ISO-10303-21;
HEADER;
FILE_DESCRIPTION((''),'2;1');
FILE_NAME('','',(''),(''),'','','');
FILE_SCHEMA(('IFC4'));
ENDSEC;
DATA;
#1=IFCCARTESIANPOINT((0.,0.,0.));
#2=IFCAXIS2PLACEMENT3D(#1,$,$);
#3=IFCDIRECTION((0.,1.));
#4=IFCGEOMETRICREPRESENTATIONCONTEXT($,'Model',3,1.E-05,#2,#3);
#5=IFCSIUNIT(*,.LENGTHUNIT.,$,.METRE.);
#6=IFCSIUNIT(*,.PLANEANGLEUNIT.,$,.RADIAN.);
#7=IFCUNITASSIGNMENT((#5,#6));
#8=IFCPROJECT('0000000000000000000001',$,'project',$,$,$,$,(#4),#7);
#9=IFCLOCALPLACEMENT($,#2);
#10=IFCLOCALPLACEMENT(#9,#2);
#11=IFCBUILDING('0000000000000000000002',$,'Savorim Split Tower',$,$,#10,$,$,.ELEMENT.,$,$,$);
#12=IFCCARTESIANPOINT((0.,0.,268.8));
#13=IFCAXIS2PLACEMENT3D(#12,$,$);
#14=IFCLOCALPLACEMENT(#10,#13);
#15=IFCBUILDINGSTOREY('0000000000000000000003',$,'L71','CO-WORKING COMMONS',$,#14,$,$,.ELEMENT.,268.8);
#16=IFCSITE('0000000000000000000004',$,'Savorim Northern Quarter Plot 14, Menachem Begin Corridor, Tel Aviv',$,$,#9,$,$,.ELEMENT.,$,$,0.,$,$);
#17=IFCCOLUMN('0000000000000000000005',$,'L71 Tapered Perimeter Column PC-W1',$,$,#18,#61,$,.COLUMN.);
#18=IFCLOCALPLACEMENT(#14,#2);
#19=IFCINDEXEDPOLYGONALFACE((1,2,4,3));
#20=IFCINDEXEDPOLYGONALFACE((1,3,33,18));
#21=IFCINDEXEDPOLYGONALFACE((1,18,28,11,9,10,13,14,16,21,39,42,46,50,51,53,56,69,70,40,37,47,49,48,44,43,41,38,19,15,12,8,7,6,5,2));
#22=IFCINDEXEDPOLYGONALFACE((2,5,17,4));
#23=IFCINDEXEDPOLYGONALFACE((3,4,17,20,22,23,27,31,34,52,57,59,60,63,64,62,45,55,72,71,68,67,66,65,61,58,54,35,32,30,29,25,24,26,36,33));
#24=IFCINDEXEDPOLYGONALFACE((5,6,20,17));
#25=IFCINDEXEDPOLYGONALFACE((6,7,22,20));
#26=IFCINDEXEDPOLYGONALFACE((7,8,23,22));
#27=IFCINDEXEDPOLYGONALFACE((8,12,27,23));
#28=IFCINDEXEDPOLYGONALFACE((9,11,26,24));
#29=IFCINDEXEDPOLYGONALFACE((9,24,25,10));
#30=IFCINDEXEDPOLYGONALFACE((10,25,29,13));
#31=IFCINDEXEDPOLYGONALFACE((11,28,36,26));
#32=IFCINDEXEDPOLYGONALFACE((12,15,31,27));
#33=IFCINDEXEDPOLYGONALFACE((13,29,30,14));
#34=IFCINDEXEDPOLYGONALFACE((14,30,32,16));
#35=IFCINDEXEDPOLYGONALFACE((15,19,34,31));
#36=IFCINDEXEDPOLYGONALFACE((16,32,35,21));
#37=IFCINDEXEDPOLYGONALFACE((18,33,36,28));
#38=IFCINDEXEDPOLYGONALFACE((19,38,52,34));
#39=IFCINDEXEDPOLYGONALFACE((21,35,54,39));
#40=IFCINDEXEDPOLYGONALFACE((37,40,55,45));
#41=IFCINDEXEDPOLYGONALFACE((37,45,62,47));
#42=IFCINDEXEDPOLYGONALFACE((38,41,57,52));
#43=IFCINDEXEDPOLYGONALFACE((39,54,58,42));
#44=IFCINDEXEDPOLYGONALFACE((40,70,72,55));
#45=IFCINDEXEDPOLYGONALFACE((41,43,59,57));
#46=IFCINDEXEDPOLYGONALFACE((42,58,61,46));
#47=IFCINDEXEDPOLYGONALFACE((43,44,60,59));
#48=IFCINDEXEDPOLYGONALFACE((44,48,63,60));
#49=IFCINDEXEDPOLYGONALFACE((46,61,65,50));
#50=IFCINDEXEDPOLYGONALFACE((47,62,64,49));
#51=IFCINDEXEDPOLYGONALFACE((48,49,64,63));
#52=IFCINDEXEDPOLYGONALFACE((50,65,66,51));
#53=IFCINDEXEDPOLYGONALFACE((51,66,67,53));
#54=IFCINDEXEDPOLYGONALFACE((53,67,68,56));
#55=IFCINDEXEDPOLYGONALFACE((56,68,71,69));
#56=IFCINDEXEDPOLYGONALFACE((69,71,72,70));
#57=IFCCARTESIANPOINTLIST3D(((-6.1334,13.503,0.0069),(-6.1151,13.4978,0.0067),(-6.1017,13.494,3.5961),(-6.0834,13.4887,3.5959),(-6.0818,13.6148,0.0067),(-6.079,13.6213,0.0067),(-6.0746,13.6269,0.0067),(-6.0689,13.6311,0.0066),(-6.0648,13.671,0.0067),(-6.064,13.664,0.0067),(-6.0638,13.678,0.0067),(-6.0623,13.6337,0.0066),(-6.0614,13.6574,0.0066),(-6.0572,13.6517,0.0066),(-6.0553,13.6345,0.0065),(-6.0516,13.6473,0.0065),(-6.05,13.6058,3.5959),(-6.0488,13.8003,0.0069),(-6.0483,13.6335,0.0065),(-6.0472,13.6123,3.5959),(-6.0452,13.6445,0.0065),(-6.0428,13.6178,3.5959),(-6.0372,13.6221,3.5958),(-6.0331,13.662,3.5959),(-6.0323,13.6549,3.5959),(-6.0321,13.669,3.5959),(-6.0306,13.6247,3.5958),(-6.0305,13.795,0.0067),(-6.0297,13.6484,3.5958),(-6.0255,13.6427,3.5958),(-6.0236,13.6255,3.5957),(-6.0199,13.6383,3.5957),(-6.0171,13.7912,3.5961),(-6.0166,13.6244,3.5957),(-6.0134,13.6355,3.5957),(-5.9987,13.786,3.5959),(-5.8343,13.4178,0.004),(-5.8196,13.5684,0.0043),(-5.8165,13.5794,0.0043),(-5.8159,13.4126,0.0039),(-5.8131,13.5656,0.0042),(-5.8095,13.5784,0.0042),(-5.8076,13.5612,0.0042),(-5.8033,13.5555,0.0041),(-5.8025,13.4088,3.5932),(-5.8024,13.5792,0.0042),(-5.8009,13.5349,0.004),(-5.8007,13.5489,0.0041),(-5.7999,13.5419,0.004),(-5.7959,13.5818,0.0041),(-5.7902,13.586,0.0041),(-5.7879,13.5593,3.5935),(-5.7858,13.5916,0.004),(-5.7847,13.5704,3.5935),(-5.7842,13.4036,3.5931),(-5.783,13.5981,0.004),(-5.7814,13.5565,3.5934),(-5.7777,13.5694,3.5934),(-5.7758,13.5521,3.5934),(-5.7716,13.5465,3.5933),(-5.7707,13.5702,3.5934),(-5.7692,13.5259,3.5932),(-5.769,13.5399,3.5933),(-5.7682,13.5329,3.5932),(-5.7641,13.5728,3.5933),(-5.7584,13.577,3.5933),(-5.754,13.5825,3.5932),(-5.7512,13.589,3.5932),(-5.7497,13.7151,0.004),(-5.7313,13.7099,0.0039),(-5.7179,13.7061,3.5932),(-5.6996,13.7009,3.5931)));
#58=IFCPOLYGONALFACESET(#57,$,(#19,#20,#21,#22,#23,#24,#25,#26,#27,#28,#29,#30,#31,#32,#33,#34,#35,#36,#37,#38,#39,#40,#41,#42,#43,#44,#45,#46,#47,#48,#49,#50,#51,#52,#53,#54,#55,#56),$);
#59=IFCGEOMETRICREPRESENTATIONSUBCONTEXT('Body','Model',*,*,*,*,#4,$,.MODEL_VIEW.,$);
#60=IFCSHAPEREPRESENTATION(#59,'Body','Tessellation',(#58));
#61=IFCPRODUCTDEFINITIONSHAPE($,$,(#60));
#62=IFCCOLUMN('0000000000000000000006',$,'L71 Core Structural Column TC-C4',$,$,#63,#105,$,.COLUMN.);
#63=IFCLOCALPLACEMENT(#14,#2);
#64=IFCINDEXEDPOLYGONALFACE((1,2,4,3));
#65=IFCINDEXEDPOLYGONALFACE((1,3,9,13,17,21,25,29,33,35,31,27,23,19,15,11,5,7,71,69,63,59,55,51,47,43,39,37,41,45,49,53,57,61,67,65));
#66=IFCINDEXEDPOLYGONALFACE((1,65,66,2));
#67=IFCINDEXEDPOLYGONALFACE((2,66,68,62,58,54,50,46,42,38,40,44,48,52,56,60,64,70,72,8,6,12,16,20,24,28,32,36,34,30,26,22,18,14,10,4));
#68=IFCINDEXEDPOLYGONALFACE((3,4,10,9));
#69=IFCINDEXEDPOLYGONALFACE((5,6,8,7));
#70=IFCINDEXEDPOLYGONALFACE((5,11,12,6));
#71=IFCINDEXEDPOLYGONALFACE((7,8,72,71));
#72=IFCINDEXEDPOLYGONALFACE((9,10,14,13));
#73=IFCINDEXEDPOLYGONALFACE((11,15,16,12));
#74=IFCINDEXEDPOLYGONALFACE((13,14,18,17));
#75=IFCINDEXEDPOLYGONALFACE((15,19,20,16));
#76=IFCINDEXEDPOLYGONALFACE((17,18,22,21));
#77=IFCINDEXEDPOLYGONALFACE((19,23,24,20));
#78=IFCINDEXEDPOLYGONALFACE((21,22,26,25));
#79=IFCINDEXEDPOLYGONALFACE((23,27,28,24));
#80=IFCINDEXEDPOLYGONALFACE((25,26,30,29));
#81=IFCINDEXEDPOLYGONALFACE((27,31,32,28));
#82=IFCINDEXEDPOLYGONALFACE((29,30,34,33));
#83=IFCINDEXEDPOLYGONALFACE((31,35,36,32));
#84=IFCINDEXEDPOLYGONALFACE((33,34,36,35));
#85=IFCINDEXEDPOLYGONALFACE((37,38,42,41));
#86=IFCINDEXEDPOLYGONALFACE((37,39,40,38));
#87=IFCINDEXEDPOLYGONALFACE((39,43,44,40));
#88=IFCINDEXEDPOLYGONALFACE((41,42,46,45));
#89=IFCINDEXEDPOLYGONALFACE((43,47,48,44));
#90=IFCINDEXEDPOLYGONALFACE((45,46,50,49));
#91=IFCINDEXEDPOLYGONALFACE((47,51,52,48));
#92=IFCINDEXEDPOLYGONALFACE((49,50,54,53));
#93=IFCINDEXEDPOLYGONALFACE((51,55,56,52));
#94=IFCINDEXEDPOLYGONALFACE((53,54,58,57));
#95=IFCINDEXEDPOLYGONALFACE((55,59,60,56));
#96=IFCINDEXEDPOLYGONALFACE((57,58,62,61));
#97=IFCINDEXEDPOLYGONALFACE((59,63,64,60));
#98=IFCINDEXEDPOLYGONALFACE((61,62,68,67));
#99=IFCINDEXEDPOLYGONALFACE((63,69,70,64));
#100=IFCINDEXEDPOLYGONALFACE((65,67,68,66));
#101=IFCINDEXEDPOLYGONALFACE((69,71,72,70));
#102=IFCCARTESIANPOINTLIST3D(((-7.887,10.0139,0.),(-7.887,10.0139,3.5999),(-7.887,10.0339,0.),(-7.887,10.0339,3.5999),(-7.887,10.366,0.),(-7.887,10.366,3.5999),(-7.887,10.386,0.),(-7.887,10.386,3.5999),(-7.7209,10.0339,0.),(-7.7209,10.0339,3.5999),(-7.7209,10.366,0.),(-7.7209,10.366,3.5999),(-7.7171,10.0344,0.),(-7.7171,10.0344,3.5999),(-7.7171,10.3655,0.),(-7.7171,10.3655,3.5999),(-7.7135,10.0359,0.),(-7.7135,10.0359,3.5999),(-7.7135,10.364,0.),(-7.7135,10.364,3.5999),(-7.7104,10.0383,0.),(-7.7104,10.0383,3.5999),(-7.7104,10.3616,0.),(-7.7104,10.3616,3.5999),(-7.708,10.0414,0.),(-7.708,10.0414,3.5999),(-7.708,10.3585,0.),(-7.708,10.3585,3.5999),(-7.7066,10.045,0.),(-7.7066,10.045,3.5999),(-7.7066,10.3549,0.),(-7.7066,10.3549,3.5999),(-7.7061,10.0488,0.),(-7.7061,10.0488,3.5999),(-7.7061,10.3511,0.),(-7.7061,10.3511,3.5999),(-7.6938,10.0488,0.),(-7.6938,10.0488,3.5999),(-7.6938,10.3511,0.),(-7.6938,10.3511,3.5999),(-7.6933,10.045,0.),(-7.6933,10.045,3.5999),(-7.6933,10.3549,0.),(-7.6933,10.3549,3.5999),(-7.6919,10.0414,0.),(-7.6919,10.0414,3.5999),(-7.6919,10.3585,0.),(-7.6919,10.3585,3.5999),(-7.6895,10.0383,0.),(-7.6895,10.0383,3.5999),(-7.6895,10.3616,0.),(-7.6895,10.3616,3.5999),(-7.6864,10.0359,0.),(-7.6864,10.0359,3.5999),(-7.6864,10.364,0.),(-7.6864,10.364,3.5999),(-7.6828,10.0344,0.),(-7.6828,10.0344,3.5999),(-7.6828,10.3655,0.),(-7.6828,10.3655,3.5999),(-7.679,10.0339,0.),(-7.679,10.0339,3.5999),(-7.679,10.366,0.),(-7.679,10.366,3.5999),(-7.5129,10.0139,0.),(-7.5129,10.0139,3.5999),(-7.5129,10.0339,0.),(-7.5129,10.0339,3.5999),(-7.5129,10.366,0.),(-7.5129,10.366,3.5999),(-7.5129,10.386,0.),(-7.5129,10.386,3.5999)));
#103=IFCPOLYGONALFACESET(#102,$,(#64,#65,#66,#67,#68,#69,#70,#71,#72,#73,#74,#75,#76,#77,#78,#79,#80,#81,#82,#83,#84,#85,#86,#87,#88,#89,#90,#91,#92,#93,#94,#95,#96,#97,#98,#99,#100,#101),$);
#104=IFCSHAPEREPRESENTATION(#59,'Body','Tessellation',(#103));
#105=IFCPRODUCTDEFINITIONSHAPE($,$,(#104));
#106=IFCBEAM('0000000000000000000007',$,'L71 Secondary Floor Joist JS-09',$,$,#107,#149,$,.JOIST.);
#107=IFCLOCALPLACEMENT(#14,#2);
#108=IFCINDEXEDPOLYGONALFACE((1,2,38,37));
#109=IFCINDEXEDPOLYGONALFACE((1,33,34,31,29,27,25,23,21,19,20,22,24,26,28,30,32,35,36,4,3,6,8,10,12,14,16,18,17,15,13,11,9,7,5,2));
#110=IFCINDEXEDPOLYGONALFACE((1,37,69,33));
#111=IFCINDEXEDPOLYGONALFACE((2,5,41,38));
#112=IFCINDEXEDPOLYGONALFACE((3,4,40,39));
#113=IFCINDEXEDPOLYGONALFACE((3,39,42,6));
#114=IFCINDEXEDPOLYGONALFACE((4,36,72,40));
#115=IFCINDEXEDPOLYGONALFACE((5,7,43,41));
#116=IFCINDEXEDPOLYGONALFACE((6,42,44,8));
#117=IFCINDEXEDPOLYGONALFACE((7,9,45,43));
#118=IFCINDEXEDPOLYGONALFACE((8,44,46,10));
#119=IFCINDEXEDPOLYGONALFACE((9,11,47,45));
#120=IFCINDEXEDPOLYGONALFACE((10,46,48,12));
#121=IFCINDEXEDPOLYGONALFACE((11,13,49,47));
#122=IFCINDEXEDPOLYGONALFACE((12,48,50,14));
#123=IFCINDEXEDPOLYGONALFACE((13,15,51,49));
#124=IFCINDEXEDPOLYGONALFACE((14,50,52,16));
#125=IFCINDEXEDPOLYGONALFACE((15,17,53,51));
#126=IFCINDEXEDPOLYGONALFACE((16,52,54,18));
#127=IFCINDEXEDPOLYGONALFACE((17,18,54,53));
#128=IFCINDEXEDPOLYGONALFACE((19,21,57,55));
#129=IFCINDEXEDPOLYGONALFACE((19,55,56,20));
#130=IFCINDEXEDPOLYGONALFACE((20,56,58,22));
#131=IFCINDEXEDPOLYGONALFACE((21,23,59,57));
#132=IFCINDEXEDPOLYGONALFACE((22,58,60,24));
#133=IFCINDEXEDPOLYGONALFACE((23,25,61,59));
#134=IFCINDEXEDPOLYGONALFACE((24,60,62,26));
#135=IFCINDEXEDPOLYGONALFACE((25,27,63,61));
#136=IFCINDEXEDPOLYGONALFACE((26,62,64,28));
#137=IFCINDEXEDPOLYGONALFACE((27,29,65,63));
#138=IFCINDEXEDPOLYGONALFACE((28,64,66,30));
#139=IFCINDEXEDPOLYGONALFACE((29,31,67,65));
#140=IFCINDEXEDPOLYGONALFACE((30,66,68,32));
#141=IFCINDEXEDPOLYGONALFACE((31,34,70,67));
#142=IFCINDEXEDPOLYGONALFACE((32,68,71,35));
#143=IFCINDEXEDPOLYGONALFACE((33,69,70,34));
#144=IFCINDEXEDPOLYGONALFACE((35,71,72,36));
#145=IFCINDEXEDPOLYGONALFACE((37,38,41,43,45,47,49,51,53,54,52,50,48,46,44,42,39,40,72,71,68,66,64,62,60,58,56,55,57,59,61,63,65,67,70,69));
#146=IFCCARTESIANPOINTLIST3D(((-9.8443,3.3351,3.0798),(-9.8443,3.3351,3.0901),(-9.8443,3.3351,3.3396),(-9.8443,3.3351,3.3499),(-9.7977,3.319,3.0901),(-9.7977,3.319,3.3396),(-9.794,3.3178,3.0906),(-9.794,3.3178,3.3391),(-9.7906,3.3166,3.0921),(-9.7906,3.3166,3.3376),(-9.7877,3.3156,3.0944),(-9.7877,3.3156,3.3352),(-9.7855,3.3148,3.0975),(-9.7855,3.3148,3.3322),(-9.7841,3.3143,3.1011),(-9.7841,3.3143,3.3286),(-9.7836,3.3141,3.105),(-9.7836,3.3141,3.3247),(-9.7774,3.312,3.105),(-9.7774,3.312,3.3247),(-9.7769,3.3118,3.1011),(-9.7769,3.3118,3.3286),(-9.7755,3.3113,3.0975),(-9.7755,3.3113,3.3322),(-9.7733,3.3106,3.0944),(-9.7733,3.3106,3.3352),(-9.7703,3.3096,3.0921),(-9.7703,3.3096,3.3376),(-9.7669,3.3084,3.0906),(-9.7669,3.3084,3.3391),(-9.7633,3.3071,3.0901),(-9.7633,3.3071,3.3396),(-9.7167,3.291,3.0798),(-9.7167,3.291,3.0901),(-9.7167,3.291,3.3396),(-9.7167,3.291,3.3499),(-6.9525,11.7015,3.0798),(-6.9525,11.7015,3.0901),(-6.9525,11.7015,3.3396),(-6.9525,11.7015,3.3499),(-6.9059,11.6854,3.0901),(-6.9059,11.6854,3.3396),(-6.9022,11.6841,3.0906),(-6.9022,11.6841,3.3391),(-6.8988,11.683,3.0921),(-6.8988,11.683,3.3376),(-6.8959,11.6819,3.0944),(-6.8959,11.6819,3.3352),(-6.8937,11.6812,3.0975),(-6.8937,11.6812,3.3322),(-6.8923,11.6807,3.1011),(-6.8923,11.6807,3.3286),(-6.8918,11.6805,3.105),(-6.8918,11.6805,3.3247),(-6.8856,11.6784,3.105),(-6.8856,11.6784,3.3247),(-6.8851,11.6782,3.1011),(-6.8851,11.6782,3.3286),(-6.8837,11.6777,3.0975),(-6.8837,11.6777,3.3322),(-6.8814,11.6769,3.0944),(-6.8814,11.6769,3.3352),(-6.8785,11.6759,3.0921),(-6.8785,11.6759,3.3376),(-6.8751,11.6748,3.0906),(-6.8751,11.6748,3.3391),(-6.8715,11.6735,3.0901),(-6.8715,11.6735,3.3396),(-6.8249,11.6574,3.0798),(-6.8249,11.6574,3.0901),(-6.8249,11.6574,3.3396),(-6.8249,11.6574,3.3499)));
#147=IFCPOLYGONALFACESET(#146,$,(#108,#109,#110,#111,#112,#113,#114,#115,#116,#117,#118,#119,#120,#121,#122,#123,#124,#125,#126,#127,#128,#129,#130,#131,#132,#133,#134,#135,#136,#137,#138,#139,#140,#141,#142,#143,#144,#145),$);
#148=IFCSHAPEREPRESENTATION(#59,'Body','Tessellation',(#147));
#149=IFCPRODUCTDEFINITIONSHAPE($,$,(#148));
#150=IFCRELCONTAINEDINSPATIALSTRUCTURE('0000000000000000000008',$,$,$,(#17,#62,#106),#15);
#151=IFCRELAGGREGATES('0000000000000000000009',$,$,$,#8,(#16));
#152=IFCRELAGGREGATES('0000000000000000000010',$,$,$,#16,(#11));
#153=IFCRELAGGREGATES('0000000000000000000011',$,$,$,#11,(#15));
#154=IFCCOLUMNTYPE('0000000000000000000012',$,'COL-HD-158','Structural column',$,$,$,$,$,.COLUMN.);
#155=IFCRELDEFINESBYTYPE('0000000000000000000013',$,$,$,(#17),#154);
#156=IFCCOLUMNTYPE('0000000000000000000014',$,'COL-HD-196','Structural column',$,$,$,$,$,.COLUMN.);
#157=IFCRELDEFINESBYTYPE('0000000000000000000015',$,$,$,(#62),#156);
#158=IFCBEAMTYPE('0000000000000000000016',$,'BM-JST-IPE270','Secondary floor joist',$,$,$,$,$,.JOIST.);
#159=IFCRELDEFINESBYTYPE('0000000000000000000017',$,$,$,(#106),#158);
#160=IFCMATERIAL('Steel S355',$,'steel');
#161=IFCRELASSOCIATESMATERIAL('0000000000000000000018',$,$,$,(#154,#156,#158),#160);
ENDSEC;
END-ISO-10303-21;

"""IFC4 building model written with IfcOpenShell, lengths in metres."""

from ifc_helpers import new_model, si_unit, direction, frame, origin, origin_2d, place, context, subcontext, project, spatial, i_section, extrude, material, material_profile, profile_set, type_object, element, save


model = new_model("IFC4")

# Units and contexts
model_context = context("Model", 3, precision=1e-05, world=origin(), true_north=direction((0.0, 1.0)))
body_context = subcontext(model_context, "Body", "Model", "MODEL_VIEW")
ifc_project = project(units=[si_unit("LENGTHUNIT", "METRE"), si_unit("PLANEANGLEUNIT", "RADIAN")], contexts=[model_context])

# Site, building, storey
site_placement = place(None, origin())
site = spatial("IfcSite", under=ifc_project, at=site_placement, Name="Savorim Northern Quarter Plot 14, Menachem Begin Corridor, Tel Aviv", CompositionType="ELEMENT", RefElevation=0.0)
building_placement = place(site_placement, origin())
building = spatial("IfcBuilding", under=site, at=building_placement, Name="Savorim Split Tower", CompositionType="ELEMENT")
storey_placement = place(building_placement, frame((0.0, 0.0, 268.8)))
storey = spatial("IfcBuildingStorey", under=building, at=storey_placement, Name="L71", Description="CO-WORKING COMMONS", CompositionType="ELEMENT", Elevation=268.8)

# Columns
ifc_material_1 = material(Name="Steel S355", Category="steel")
ifc_material_profile_1 = material_profile(ifc_material_1, i_section(OverallWidth=0.3091, OverallDepth=0.3301, WebThickness=0.0115, FlangeThickness=0.019, FilletRadius=0.0271, at=origin_2d()), Name="HD 320x158")
ifc_profile_set_1 = profile_set([ifc_material_profile_1], Name="Steel S355")
column_type_1 = type_object("IfcColumnType", Name="COL-HD-158", Description="Structural column", PredefinedType="COLUMN", material=ifc_profile_set_1)
column_1_placement = place(storey_placement, frame((-5.9324, 13.6064, 0.0054), z_axis=(0.008843, -0.002517, 0.999958), x_axis=(0.273744, 0.961803, 0.0)))
element("IfcColumn", 1, at=column_1_placement, inside=storey, type_object=column_type_1, Name="L71 Tapered Perimeter Column PC-W1", PredefinedType="COLUMN", context=body_context, shape_type="SweptSolid", body=[
    extrude(i_section(OverallWidth=0.3091, OverallDepth=0.3301, WebThickness=0.0115, FlangeThickness=0.019, FilletRadius=0.0271, at=origin_2d()), origin(), (0.0, 0.0, 1.0), 3.5894),
])
ifc_material_profile_2 = material_profile(ifc_material_1, i_section(OverallWidth=0.374, OverallDepth=0.3721, WebThickness=0.0122, FlangeThickness=0.02, FilletRadius=0.0149, at=origin_2d()), Name="HD 360x196")
ifc_profile_set_2 = profile_set([ifc_material_profile_2], Name="Steel S355")
column_type_2 = type_object("IfcColumnType", Name="COL-HD-196", Description="Structural column", PredefinedType="COLUMN", material=ifc_profile_set_2)
column_2_placement = place(storey_placement, frame((-7.7, 10.2, 0.0), z_axis=(0.0, 0.0, 1.0), x_axis=(1.0, 0.0, 0.0)))
element("IfcColumn", 2, at=column_2_placement, inside=storey, type_object=column_type_2, Name="L71 Core Structural Column TC-C4", PredefinedType="COLUMN", context=body_context, shape_type="SweptSolid", body=[
    extrude(i_section(OverallWidth=0.374, OverallDepth=0.3721, WebThickness=0.0122, FlangeThickness=0.02, FilletRadius=0.0149, at=origin_2d()), origin(), (0.0, 0.0, 1.0), 3.5999),
])

# Beam
ifc_material_profile_3 = material_profile(ifc_material_1, i_section(OverallWidth=0.135, OverallDepth=0.27, WebThickness=0.0066, FlangeThickness=0.0103, FilletRadius=0.0149, at=origin_2d()), Name="IPE 270")
ifc_profile_set_3 = profile_set([ifc_material_profile_3], Name="Steel S355")
beam_type_1 = type_object("IfcBeamType", Name="BM-JST-IPE270", Description="Secondary floor joist", PredefinedType="JOIST", material=ifc_profile_set_3)
beam_1_placement = place(storey_placement, frame((-6.8887, 11.6794, 3.2148), z_axis=(-0.326683, -0.945134, 0.0), x_axis=(0.945134, -0.326683, 0.0)))
element("IfcBeam", 3, at=beam_1_placement, inside=storey, type_object=beam_type_1, Name="L71 Secondary Floor Joist JS-09", PredefinedType="JOIST", context=body_context, shape_type="SweptSolid", body=[
    extrude(i_section(OverallWidth=0.135, OverallDepth=0.27, WebThickness=0.0066, FlangeThickness=0.0103, FilletRadius=0.0149, at=origin_2d()), origin(), (0.0, 0.0, 1.0), 8.8521),
])

save(model, "model.ifc")
